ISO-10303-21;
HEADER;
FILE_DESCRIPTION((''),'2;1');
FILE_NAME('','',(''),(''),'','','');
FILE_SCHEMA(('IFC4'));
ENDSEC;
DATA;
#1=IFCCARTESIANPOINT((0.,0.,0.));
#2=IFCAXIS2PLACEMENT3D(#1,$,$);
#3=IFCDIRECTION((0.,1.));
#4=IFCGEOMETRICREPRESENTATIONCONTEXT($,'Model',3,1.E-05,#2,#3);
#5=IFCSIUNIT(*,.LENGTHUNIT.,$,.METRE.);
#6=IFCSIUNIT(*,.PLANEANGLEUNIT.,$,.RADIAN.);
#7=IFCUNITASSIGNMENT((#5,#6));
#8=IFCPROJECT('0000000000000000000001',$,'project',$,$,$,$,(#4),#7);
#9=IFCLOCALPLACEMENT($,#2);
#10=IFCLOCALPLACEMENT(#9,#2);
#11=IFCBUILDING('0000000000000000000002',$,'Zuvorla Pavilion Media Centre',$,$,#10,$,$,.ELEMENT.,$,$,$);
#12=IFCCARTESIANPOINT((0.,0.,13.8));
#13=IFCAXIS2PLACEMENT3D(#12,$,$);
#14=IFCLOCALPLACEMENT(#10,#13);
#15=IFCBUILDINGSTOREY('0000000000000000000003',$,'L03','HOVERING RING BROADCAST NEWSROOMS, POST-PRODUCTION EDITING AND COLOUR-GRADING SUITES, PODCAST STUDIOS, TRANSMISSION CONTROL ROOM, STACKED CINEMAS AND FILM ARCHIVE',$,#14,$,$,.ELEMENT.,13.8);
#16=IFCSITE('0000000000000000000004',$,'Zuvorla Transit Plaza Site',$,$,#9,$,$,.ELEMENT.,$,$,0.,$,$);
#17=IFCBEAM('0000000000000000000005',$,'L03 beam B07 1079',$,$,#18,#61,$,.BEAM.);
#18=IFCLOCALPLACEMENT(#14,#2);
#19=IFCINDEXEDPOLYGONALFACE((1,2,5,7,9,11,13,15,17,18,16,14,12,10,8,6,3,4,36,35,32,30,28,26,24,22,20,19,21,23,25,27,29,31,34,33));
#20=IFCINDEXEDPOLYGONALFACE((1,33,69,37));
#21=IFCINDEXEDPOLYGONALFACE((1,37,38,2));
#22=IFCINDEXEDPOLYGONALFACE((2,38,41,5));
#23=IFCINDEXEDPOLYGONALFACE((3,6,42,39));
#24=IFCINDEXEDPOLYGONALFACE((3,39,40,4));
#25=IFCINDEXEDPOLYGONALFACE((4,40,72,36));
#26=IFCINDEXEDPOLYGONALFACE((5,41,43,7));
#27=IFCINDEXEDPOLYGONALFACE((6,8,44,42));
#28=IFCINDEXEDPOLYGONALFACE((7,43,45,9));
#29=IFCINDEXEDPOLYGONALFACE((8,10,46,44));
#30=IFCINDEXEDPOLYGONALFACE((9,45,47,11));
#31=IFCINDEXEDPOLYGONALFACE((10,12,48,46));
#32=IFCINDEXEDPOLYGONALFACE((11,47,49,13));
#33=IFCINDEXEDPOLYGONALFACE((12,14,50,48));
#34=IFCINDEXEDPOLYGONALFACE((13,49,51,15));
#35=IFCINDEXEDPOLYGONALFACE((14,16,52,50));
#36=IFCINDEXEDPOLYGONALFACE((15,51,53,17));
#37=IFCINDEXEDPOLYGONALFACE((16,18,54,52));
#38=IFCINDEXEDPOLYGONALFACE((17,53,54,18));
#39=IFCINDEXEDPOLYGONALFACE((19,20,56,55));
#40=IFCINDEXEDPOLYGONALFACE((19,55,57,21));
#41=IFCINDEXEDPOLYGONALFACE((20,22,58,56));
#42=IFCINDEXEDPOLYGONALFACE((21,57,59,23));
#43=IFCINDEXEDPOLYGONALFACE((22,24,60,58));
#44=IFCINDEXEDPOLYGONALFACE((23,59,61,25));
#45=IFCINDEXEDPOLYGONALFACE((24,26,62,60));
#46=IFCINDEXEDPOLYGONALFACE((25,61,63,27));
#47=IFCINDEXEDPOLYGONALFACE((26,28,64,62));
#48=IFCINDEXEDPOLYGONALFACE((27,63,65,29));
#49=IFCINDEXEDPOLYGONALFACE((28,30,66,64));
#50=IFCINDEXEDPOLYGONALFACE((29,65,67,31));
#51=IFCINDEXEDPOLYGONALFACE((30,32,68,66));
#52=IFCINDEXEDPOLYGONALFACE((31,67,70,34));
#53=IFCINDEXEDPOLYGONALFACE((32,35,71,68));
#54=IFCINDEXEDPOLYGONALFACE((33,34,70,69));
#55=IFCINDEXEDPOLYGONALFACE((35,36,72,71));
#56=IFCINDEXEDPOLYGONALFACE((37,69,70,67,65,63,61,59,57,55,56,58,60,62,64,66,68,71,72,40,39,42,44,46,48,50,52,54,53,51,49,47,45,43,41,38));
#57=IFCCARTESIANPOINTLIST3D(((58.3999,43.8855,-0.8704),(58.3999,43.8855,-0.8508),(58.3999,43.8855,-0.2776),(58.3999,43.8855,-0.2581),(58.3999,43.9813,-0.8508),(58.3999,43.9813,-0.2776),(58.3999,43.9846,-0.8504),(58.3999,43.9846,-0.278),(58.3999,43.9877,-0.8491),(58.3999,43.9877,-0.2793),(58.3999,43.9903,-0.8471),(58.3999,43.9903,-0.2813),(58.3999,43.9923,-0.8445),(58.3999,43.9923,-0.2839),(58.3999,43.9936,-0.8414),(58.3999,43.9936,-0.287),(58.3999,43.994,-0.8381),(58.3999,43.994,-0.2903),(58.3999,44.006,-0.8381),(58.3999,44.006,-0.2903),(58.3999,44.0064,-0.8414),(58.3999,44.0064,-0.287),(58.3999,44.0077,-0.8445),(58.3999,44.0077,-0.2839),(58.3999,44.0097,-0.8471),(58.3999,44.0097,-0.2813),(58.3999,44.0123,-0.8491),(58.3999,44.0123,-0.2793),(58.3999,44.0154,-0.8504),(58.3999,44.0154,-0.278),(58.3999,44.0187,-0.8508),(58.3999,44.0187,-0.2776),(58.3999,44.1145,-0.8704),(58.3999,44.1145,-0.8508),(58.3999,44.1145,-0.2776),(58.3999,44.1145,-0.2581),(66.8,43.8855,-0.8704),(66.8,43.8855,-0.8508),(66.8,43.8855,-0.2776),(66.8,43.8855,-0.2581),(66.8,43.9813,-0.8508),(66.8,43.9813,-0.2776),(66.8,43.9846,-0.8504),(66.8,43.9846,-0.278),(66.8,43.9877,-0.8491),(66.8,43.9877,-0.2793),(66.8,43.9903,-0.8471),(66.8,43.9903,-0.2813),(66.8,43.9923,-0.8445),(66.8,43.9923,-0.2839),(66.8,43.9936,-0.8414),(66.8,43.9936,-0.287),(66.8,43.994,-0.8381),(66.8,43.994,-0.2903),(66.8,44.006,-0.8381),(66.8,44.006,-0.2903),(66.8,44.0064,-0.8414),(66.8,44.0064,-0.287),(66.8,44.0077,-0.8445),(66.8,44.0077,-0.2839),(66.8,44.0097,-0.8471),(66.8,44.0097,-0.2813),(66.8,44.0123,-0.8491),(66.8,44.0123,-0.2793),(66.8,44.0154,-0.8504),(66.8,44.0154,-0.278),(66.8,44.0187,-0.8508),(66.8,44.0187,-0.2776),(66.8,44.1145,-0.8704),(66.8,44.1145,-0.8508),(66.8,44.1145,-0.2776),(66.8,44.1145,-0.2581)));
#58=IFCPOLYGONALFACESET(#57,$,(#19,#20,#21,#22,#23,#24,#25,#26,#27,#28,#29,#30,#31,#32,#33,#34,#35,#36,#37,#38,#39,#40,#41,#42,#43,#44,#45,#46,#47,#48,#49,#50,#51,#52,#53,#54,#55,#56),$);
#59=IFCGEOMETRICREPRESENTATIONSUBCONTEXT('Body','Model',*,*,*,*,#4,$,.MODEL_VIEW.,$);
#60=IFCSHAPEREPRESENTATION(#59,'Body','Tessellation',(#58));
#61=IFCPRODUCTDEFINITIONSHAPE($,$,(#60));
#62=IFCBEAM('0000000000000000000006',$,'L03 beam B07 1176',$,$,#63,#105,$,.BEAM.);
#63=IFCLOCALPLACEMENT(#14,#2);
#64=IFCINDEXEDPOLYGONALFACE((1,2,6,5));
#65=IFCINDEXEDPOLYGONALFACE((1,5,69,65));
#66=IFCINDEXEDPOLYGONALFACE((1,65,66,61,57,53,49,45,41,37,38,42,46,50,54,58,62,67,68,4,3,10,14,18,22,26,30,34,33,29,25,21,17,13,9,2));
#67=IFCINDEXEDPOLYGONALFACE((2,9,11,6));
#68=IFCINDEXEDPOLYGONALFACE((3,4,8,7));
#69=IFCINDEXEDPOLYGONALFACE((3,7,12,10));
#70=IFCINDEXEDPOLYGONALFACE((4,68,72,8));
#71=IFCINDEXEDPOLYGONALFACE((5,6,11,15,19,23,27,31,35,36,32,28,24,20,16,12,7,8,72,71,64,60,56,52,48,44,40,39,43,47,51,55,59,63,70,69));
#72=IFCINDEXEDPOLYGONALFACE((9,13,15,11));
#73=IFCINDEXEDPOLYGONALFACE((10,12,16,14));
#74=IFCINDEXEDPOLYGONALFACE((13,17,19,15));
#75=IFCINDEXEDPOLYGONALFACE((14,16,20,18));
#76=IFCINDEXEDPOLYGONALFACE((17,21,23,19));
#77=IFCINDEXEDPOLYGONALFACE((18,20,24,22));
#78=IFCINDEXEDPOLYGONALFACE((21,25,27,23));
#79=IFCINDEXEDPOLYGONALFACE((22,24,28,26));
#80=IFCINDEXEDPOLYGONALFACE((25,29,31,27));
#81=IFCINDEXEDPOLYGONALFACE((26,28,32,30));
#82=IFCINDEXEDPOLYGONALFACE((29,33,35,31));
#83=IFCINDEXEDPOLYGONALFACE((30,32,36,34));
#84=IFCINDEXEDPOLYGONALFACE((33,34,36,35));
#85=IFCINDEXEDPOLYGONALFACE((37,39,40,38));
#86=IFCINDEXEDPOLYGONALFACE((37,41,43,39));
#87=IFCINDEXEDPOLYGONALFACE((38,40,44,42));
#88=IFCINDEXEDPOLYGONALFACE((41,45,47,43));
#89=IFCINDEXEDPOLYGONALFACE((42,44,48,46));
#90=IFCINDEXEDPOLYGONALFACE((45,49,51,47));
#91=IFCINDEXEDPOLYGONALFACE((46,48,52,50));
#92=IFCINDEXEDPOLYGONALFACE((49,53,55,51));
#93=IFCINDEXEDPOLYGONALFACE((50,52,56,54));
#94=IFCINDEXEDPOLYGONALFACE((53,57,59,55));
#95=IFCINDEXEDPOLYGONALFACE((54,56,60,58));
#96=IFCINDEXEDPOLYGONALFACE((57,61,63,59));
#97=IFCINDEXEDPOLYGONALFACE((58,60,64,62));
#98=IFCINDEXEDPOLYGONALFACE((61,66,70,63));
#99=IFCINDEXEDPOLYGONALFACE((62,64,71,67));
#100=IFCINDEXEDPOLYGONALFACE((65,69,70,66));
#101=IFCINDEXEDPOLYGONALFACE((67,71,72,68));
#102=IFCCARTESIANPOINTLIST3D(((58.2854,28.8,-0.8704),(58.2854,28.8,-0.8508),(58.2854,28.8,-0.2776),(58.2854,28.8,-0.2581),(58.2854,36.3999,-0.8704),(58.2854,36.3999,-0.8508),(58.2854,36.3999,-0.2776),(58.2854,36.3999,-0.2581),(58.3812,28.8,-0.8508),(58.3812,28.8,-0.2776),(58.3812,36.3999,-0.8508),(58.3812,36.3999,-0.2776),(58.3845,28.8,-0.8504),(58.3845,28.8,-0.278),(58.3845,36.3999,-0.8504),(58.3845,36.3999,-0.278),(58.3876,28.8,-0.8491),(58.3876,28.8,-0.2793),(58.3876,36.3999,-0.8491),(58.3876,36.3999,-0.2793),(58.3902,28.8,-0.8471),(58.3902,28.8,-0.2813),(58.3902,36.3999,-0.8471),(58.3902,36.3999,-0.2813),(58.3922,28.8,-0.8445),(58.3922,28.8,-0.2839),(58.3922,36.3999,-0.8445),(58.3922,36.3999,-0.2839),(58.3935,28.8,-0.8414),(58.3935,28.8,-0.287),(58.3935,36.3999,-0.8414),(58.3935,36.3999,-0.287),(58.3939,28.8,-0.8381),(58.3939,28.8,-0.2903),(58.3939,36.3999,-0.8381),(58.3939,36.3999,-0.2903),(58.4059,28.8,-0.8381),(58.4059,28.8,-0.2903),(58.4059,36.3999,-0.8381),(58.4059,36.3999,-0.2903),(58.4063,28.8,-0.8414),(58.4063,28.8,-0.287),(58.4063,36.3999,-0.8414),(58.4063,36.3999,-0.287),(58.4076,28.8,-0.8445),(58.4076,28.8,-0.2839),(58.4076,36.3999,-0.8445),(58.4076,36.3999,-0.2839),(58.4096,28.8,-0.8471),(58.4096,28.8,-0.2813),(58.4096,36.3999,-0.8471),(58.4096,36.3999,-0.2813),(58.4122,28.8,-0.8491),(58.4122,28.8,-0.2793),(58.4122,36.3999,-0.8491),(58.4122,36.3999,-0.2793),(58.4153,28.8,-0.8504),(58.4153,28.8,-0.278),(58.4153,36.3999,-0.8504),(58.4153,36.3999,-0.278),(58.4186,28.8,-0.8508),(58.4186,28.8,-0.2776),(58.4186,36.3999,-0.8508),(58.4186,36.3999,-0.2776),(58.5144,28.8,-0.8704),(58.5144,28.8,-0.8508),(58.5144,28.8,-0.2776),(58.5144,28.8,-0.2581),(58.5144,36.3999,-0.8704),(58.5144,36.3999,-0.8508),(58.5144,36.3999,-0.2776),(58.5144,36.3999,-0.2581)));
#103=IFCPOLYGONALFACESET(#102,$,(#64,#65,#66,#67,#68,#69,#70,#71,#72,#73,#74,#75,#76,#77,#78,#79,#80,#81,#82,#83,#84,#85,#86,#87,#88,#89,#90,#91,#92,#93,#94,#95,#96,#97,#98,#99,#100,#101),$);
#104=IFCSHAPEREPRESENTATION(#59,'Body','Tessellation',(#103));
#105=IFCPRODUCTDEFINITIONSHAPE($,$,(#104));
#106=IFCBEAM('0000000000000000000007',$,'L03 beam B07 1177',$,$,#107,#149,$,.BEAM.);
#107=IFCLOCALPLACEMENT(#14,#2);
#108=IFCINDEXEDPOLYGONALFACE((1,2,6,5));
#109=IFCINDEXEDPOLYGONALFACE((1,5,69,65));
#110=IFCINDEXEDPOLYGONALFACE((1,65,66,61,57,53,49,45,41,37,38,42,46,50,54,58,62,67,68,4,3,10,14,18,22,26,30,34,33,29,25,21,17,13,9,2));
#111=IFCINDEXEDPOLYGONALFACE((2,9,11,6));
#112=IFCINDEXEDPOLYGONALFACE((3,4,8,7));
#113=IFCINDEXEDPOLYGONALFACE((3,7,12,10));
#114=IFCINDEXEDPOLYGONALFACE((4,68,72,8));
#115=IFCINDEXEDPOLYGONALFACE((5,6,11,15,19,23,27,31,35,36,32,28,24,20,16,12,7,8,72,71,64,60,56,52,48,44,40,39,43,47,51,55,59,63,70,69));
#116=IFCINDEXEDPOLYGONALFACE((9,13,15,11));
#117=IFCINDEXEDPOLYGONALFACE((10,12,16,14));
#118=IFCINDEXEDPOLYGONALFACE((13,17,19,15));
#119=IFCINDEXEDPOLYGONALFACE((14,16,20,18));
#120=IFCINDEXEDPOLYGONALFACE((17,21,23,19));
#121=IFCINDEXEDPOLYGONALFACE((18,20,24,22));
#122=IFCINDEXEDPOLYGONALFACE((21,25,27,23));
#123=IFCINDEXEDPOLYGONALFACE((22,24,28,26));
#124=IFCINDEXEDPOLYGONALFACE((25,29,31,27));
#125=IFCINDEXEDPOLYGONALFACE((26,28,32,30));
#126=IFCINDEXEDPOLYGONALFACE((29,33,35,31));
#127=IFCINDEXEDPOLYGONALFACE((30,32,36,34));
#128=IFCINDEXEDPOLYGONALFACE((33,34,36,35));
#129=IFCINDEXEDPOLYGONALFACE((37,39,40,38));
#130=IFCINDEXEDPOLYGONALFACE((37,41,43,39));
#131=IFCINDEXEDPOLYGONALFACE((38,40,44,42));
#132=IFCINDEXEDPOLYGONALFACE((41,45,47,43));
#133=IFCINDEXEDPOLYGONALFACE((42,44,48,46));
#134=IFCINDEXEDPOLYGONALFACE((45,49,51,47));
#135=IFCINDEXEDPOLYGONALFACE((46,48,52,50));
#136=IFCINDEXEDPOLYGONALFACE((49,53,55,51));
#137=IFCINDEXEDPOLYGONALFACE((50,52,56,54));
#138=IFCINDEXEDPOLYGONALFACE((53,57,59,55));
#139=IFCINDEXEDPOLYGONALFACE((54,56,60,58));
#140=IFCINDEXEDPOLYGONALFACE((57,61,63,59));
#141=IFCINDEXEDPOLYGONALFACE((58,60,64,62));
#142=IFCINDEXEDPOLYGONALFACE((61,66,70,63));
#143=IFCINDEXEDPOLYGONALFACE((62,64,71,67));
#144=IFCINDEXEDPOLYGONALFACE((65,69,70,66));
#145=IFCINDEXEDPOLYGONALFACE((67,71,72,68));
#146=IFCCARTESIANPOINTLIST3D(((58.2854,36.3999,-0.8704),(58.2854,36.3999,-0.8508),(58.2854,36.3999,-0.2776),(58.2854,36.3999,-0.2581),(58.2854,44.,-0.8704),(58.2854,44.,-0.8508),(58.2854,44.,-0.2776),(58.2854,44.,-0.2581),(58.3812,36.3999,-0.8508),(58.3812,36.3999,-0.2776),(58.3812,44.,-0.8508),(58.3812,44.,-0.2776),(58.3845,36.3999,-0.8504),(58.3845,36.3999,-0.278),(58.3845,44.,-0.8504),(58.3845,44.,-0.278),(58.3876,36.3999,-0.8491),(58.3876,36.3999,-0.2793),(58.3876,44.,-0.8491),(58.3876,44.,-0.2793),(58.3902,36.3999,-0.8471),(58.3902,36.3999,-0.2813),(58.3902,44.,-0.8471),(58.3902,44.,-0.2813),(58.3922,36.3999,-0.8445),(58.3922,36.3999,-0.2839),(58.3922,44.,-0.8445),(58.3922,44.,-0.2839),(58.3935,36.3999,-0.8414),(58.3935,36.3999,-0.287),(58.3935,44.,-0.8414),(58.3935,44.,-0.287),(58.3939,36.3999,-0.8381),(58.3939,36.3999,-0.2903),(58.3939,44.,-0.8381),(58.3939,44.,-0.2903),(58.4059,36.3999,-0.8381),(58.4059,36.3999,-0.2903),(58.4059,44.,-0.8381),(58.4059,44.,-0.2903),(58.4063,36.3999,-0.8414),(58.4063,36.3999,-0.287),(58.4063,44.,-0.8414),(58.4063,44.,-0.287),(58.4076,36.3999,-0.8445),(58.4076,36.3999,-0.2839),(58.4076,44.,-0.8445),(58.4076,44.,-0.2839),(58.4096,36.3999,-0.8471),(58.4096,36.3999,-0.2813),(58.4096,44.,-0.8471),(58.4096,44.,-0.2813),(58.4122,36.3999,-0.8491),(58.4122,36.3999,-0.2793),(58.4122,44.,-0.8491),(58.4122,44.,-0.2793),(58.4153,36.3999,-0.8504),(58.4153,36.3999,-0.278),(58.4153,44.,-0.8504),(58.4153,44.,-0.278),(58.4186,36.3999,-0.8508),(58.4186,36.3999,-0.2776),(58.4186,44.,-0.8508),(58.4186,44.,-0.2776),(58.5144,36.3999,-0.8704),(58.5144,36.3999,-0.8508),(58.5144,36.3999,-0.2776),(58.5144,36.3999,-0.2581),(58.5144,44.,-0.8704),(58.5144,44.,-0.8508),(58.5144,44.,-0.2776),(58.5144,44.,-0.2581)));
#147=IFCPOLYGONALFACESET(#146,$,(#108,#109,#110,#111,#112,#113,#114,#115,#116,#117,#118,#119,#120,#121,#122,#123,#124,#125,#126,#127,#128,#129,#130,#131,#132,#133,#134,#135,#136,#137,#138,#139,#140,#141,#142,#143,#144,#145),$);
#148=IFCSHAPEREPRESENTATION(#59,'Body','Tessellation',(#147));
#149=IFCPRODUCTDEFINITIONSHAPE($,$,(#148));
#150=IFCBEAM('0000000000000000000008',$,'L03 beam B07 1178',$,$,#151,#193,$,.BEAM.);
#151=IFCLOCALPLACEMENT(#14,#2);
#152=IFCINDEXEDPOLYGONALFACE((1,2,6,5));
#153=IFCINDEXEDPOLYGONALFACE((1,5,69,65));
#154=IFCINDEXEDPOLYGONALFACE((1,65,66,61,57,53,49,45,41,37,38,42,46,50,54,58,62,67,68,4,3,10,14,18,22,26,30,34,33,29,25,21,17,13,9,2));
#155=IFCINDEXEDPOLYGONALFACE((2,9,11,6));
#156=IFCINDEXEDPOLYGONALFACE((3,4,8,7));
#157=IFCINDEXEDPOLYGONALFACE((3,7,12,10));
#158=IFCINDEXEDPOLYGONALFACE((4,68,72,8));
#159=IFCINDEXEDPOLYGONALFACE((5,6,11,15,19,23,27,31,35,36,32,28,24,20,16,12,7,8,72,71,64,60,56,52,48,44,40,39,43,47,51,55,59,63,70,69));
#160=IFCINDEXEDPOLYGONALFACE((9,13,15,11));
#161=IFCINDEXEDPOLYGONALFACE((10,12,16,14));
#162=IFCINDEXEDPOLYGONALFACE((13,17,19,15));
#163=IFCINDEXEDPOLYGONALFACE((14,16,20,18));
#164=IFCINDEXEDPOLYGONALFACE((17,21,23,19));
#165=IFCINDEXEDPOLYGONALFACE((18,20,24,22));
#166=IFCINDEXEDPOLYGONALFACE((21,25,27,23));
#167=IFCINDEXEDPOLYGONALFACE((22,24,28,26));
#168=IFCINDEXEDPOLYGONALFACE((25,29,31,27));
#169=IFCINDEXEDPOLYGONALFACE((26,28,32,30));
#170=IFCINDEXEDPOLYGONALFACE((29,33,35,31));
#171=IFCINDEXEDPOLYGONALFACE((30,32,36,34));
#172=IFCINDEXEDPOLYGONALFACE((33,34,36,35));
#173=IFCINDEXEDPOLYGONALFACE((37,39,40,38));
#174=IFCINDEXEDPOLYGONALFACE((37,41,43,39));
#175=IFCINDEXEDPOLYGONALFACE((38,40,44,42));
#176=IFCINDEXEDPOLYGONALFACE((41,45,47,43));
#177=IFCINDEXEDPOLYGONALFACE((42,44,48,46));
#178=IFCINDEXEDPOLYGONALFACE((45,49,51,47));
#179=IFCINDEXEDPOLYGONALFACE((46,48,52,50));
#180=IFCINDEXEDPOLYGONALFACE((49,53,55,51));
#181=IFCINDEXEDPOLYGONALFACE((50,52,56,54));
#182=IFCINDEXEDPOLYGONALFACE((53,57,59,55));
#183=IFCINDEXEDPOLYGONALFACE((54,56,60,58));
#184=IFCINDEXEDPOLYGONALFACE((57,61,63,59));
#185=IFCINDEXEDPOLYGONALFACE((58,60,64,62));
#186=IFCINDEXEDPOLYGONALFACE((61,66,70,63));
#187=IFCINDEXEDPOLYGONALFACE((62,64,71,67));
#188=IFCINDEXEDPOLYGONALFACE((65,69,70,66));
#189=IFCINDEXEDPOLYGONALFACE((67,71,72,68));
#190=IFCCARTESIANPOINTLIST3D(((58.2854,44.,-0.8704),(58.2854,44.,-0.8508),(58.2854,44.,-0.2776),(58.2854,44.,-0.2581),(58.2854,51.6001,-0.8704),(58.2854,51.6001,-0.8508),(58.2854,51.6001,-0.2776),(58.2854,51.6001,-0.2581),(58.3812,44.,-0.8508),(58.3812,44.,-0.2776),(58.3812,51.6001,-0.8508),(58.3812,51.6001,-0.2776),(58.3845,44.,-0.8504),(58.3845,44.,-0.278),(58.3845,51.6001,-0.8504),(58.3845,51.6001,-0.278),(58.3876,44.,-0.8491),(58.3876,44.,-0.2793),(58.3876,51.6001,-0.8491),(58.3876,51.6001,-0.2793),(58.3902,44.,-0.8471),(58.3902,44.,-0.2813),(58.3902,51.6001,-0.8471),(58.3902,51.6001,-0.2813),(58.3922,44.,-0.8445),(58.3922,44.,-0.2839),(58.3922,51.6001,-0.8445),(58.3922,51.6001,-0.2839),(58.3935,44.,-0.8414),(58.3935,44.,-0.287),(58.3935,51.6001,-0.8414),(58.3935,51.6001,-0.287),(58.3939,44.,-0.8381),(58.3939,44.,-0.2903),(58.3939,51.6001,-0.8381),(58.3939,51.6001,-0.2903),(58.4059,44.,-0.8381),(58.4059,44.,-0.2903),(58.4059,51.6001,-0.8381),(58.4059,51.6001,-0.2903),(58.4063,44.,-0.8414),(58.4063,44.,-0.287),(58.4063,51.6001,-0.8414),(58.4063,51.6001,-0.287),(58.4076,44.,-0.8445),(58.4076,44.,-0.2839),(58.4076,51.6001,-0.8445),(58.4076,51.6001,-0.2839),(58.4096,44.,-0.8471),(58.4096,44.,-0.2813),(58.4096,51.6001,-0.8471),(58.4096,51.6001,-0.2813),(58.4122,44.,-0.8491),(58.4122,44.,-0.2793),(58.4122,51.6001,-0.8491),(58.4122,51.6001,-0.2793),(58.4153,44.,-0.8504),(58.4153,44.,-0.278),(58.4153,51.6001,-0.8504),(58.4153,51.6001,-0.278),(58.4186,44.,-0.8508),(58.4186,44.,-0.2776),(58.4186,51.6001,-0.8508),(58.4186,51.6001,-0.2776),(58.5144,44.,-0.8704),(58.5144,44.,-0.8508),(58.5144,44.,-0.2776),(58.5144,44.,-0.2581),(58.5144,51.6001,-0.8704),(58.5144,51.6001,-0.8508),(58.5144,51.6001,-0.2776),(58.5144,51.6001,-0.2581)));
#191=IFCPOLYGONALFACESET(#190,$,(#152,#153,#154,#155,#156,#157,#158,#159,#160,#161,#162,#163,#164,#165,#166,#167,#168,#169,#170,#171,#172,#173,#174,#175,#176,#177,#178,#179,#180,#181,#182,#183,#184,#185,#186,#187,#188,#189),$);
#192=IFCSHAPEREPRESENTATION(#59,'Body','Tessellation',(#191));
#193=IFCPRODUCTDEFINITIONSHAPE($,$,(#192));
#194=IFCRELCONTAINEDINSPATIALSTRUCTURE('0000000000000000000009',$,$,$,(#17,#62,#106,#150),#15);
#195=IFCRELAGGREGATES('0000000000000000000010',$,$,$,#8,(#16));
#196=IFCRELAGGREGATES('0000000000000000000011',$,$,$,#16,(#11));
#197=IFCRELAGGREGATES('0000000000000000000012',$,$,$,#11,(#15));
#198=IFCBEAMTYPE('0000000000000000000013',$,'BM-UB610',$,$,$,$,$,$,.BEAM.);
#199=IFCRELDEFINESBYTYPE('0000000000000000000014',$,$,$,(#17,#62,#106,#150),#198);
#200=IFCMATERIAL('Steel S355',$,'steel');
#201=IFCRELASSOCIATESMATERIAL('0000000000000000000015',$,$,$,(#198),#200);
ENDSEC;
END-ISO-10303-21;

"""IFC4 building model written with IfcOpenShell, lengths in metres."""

from ifc_helpers import new_model, si_unit, direction, frame, origin, origin_2d, place, context, subcontext, project, spatial, i_section, extrude, material, material_profile, profile_set, type_object, element, save


model = new_model("IFC4")

# Units and contexts
model_context = context("Model", 3, precision=1e-05, world=origin(), true_north=direction((0.0, 1.0)))
body_context = subcontext(model_context, "Body", "Model", "MODEL_VIEW")
ifc_project = project(units=[si_unit("LENGTHUNIT", "METRE"), si_unit("PLANEANGLEUNIT", "RADIAN")], contexts=[model_context])

# Site, building, storey
site_placement = place(None, origin())
site = spatial("IfcSite", under=ifc_project, at=site_placement, Name="Zuvorla Transit Plaza Site", CompositionType="ELEMENT", RefElevation=0.0)
building_placement = place(site_placement, origin())
building = spatial("IfcBuilding", under=site, at=building_placement, Name="Zuvorla Pavilion Media Centre", CompositionType="ELEMENT")
storey_placement = place(building_placement, frame((0.0, 0.0, 13.8)))
storey = spatial("IfcBuildingStorey", under=building, at=storey_placement, Name="L03", Description="HOVERING RING BROADCAST NEWSROOMS, POST-PRODUCTION EDITING AND COLOUR-GRADING SUITES, PODCAST STUDIOS, TRANSMISSION CONTROL ROOM, STACKED CINEMAS AND FILM ARCHIVE", CompositionType="ELEMENT", Elevation=13.8)

# Shared definitions
ifc_material_1 = material(Name="Steel S355", Category="steel")

# Beams
ifc_material_profile_1 = material_profile(ifc_material_1, i_section(OverallWidth=0.229, OverallDepth=0.6123, WebThickness=0.012, FlangeThickness=0.0195, FilletRadius=0.0127, at=origin_2d()), Name="UB 610x229x125")
ifc_profile_set_1 = profile_set([ifc_material_profile_1], Name="Steel S355")
beam_type_1 = type_object("IfcBeamType", Name="BM-UB610", PredefinedType="BEAM", material=ifc_profile_set_1)
for number, where, z_axis, x_axis, name in (
    (1, (58.3999, 44.0, -0.5642), (1.0, 0.0, 0.0), (0.0, 1.0, 0.0), "L03 beam B07 1079"),
):
    element("IfcBeam", number, at=place(storey_placement, frame(where, z_axis=z_axis, x_axis=x_axis)), inside=storey, type_object=beam_type_1, Name=name, PredefinedType="BEAM", context=body_context, shape_type="SweptSolid", body=[
        extrude(i_section(OverallWidth=0.229, OverallDepth=0.6123, WebThickness=0.012, FlangeThickness=0.0195, FilletRadius=0.0127, at=origin_2d()), origin(), (0.0, 0.0, 1.0), 8.4001),
    ])
beam_placement = place(storey_placement, frame((58.3999, 28.8, -0.5642), z_axis=(0.0, 1.0, 0.0), x_axis=(-1.0, 0.0, 0.0)))
element("IfcBeam", 2, at=beam_placement, inside=storey, type_object=beam_type_1, Name="L03 beam B07 1176", PredefinedType="BEAM", context=body_context, shape_type="SweptSolid", body=[
    extrude(i_section(OverallWidth=0.229, OverallDepth=0.6123, WebThickness=0.012, FlangeThickness=0.0195, FilletRadius=0.0127, at=origin_2d()), origin(), (0.0, 0.0, 1.0), 7.5999),
])
for number, where, z_axis, x_axis, name in (
    (3, (58.3999, 36.3999, -0.5642), (0.0, 1.0, 0.0), (-1.0, 0.0, 0.0), "L03 beam B07 1177"),
    (4, (58.3999, 44.0, -0.5642), (0.0, 1.0, 0.0), (-1.0, 0.0, 0.0), "L03 beam B07 1178"),
):
    element("IfcBeam", number, at=place(storey_placement, frame(where, z_axis=z_axis, x_axis=x_axis)), inside=storey, type_object=beam_type_1, Name=name, PredefinedType="BEAM", context=body_context, shape_type="SweptSolid", body=[
        extrude(i_section(OverallWidth=0.229, OverallDepth=0.6123, WebThickness=0.012, FlangeThickness=0.0195, FilletRadius=0.0127, at=origin_2d()), origin(), (0.0, 0.0, 1.0), 7.6001),
    ])

save(model, "model.ifc")
